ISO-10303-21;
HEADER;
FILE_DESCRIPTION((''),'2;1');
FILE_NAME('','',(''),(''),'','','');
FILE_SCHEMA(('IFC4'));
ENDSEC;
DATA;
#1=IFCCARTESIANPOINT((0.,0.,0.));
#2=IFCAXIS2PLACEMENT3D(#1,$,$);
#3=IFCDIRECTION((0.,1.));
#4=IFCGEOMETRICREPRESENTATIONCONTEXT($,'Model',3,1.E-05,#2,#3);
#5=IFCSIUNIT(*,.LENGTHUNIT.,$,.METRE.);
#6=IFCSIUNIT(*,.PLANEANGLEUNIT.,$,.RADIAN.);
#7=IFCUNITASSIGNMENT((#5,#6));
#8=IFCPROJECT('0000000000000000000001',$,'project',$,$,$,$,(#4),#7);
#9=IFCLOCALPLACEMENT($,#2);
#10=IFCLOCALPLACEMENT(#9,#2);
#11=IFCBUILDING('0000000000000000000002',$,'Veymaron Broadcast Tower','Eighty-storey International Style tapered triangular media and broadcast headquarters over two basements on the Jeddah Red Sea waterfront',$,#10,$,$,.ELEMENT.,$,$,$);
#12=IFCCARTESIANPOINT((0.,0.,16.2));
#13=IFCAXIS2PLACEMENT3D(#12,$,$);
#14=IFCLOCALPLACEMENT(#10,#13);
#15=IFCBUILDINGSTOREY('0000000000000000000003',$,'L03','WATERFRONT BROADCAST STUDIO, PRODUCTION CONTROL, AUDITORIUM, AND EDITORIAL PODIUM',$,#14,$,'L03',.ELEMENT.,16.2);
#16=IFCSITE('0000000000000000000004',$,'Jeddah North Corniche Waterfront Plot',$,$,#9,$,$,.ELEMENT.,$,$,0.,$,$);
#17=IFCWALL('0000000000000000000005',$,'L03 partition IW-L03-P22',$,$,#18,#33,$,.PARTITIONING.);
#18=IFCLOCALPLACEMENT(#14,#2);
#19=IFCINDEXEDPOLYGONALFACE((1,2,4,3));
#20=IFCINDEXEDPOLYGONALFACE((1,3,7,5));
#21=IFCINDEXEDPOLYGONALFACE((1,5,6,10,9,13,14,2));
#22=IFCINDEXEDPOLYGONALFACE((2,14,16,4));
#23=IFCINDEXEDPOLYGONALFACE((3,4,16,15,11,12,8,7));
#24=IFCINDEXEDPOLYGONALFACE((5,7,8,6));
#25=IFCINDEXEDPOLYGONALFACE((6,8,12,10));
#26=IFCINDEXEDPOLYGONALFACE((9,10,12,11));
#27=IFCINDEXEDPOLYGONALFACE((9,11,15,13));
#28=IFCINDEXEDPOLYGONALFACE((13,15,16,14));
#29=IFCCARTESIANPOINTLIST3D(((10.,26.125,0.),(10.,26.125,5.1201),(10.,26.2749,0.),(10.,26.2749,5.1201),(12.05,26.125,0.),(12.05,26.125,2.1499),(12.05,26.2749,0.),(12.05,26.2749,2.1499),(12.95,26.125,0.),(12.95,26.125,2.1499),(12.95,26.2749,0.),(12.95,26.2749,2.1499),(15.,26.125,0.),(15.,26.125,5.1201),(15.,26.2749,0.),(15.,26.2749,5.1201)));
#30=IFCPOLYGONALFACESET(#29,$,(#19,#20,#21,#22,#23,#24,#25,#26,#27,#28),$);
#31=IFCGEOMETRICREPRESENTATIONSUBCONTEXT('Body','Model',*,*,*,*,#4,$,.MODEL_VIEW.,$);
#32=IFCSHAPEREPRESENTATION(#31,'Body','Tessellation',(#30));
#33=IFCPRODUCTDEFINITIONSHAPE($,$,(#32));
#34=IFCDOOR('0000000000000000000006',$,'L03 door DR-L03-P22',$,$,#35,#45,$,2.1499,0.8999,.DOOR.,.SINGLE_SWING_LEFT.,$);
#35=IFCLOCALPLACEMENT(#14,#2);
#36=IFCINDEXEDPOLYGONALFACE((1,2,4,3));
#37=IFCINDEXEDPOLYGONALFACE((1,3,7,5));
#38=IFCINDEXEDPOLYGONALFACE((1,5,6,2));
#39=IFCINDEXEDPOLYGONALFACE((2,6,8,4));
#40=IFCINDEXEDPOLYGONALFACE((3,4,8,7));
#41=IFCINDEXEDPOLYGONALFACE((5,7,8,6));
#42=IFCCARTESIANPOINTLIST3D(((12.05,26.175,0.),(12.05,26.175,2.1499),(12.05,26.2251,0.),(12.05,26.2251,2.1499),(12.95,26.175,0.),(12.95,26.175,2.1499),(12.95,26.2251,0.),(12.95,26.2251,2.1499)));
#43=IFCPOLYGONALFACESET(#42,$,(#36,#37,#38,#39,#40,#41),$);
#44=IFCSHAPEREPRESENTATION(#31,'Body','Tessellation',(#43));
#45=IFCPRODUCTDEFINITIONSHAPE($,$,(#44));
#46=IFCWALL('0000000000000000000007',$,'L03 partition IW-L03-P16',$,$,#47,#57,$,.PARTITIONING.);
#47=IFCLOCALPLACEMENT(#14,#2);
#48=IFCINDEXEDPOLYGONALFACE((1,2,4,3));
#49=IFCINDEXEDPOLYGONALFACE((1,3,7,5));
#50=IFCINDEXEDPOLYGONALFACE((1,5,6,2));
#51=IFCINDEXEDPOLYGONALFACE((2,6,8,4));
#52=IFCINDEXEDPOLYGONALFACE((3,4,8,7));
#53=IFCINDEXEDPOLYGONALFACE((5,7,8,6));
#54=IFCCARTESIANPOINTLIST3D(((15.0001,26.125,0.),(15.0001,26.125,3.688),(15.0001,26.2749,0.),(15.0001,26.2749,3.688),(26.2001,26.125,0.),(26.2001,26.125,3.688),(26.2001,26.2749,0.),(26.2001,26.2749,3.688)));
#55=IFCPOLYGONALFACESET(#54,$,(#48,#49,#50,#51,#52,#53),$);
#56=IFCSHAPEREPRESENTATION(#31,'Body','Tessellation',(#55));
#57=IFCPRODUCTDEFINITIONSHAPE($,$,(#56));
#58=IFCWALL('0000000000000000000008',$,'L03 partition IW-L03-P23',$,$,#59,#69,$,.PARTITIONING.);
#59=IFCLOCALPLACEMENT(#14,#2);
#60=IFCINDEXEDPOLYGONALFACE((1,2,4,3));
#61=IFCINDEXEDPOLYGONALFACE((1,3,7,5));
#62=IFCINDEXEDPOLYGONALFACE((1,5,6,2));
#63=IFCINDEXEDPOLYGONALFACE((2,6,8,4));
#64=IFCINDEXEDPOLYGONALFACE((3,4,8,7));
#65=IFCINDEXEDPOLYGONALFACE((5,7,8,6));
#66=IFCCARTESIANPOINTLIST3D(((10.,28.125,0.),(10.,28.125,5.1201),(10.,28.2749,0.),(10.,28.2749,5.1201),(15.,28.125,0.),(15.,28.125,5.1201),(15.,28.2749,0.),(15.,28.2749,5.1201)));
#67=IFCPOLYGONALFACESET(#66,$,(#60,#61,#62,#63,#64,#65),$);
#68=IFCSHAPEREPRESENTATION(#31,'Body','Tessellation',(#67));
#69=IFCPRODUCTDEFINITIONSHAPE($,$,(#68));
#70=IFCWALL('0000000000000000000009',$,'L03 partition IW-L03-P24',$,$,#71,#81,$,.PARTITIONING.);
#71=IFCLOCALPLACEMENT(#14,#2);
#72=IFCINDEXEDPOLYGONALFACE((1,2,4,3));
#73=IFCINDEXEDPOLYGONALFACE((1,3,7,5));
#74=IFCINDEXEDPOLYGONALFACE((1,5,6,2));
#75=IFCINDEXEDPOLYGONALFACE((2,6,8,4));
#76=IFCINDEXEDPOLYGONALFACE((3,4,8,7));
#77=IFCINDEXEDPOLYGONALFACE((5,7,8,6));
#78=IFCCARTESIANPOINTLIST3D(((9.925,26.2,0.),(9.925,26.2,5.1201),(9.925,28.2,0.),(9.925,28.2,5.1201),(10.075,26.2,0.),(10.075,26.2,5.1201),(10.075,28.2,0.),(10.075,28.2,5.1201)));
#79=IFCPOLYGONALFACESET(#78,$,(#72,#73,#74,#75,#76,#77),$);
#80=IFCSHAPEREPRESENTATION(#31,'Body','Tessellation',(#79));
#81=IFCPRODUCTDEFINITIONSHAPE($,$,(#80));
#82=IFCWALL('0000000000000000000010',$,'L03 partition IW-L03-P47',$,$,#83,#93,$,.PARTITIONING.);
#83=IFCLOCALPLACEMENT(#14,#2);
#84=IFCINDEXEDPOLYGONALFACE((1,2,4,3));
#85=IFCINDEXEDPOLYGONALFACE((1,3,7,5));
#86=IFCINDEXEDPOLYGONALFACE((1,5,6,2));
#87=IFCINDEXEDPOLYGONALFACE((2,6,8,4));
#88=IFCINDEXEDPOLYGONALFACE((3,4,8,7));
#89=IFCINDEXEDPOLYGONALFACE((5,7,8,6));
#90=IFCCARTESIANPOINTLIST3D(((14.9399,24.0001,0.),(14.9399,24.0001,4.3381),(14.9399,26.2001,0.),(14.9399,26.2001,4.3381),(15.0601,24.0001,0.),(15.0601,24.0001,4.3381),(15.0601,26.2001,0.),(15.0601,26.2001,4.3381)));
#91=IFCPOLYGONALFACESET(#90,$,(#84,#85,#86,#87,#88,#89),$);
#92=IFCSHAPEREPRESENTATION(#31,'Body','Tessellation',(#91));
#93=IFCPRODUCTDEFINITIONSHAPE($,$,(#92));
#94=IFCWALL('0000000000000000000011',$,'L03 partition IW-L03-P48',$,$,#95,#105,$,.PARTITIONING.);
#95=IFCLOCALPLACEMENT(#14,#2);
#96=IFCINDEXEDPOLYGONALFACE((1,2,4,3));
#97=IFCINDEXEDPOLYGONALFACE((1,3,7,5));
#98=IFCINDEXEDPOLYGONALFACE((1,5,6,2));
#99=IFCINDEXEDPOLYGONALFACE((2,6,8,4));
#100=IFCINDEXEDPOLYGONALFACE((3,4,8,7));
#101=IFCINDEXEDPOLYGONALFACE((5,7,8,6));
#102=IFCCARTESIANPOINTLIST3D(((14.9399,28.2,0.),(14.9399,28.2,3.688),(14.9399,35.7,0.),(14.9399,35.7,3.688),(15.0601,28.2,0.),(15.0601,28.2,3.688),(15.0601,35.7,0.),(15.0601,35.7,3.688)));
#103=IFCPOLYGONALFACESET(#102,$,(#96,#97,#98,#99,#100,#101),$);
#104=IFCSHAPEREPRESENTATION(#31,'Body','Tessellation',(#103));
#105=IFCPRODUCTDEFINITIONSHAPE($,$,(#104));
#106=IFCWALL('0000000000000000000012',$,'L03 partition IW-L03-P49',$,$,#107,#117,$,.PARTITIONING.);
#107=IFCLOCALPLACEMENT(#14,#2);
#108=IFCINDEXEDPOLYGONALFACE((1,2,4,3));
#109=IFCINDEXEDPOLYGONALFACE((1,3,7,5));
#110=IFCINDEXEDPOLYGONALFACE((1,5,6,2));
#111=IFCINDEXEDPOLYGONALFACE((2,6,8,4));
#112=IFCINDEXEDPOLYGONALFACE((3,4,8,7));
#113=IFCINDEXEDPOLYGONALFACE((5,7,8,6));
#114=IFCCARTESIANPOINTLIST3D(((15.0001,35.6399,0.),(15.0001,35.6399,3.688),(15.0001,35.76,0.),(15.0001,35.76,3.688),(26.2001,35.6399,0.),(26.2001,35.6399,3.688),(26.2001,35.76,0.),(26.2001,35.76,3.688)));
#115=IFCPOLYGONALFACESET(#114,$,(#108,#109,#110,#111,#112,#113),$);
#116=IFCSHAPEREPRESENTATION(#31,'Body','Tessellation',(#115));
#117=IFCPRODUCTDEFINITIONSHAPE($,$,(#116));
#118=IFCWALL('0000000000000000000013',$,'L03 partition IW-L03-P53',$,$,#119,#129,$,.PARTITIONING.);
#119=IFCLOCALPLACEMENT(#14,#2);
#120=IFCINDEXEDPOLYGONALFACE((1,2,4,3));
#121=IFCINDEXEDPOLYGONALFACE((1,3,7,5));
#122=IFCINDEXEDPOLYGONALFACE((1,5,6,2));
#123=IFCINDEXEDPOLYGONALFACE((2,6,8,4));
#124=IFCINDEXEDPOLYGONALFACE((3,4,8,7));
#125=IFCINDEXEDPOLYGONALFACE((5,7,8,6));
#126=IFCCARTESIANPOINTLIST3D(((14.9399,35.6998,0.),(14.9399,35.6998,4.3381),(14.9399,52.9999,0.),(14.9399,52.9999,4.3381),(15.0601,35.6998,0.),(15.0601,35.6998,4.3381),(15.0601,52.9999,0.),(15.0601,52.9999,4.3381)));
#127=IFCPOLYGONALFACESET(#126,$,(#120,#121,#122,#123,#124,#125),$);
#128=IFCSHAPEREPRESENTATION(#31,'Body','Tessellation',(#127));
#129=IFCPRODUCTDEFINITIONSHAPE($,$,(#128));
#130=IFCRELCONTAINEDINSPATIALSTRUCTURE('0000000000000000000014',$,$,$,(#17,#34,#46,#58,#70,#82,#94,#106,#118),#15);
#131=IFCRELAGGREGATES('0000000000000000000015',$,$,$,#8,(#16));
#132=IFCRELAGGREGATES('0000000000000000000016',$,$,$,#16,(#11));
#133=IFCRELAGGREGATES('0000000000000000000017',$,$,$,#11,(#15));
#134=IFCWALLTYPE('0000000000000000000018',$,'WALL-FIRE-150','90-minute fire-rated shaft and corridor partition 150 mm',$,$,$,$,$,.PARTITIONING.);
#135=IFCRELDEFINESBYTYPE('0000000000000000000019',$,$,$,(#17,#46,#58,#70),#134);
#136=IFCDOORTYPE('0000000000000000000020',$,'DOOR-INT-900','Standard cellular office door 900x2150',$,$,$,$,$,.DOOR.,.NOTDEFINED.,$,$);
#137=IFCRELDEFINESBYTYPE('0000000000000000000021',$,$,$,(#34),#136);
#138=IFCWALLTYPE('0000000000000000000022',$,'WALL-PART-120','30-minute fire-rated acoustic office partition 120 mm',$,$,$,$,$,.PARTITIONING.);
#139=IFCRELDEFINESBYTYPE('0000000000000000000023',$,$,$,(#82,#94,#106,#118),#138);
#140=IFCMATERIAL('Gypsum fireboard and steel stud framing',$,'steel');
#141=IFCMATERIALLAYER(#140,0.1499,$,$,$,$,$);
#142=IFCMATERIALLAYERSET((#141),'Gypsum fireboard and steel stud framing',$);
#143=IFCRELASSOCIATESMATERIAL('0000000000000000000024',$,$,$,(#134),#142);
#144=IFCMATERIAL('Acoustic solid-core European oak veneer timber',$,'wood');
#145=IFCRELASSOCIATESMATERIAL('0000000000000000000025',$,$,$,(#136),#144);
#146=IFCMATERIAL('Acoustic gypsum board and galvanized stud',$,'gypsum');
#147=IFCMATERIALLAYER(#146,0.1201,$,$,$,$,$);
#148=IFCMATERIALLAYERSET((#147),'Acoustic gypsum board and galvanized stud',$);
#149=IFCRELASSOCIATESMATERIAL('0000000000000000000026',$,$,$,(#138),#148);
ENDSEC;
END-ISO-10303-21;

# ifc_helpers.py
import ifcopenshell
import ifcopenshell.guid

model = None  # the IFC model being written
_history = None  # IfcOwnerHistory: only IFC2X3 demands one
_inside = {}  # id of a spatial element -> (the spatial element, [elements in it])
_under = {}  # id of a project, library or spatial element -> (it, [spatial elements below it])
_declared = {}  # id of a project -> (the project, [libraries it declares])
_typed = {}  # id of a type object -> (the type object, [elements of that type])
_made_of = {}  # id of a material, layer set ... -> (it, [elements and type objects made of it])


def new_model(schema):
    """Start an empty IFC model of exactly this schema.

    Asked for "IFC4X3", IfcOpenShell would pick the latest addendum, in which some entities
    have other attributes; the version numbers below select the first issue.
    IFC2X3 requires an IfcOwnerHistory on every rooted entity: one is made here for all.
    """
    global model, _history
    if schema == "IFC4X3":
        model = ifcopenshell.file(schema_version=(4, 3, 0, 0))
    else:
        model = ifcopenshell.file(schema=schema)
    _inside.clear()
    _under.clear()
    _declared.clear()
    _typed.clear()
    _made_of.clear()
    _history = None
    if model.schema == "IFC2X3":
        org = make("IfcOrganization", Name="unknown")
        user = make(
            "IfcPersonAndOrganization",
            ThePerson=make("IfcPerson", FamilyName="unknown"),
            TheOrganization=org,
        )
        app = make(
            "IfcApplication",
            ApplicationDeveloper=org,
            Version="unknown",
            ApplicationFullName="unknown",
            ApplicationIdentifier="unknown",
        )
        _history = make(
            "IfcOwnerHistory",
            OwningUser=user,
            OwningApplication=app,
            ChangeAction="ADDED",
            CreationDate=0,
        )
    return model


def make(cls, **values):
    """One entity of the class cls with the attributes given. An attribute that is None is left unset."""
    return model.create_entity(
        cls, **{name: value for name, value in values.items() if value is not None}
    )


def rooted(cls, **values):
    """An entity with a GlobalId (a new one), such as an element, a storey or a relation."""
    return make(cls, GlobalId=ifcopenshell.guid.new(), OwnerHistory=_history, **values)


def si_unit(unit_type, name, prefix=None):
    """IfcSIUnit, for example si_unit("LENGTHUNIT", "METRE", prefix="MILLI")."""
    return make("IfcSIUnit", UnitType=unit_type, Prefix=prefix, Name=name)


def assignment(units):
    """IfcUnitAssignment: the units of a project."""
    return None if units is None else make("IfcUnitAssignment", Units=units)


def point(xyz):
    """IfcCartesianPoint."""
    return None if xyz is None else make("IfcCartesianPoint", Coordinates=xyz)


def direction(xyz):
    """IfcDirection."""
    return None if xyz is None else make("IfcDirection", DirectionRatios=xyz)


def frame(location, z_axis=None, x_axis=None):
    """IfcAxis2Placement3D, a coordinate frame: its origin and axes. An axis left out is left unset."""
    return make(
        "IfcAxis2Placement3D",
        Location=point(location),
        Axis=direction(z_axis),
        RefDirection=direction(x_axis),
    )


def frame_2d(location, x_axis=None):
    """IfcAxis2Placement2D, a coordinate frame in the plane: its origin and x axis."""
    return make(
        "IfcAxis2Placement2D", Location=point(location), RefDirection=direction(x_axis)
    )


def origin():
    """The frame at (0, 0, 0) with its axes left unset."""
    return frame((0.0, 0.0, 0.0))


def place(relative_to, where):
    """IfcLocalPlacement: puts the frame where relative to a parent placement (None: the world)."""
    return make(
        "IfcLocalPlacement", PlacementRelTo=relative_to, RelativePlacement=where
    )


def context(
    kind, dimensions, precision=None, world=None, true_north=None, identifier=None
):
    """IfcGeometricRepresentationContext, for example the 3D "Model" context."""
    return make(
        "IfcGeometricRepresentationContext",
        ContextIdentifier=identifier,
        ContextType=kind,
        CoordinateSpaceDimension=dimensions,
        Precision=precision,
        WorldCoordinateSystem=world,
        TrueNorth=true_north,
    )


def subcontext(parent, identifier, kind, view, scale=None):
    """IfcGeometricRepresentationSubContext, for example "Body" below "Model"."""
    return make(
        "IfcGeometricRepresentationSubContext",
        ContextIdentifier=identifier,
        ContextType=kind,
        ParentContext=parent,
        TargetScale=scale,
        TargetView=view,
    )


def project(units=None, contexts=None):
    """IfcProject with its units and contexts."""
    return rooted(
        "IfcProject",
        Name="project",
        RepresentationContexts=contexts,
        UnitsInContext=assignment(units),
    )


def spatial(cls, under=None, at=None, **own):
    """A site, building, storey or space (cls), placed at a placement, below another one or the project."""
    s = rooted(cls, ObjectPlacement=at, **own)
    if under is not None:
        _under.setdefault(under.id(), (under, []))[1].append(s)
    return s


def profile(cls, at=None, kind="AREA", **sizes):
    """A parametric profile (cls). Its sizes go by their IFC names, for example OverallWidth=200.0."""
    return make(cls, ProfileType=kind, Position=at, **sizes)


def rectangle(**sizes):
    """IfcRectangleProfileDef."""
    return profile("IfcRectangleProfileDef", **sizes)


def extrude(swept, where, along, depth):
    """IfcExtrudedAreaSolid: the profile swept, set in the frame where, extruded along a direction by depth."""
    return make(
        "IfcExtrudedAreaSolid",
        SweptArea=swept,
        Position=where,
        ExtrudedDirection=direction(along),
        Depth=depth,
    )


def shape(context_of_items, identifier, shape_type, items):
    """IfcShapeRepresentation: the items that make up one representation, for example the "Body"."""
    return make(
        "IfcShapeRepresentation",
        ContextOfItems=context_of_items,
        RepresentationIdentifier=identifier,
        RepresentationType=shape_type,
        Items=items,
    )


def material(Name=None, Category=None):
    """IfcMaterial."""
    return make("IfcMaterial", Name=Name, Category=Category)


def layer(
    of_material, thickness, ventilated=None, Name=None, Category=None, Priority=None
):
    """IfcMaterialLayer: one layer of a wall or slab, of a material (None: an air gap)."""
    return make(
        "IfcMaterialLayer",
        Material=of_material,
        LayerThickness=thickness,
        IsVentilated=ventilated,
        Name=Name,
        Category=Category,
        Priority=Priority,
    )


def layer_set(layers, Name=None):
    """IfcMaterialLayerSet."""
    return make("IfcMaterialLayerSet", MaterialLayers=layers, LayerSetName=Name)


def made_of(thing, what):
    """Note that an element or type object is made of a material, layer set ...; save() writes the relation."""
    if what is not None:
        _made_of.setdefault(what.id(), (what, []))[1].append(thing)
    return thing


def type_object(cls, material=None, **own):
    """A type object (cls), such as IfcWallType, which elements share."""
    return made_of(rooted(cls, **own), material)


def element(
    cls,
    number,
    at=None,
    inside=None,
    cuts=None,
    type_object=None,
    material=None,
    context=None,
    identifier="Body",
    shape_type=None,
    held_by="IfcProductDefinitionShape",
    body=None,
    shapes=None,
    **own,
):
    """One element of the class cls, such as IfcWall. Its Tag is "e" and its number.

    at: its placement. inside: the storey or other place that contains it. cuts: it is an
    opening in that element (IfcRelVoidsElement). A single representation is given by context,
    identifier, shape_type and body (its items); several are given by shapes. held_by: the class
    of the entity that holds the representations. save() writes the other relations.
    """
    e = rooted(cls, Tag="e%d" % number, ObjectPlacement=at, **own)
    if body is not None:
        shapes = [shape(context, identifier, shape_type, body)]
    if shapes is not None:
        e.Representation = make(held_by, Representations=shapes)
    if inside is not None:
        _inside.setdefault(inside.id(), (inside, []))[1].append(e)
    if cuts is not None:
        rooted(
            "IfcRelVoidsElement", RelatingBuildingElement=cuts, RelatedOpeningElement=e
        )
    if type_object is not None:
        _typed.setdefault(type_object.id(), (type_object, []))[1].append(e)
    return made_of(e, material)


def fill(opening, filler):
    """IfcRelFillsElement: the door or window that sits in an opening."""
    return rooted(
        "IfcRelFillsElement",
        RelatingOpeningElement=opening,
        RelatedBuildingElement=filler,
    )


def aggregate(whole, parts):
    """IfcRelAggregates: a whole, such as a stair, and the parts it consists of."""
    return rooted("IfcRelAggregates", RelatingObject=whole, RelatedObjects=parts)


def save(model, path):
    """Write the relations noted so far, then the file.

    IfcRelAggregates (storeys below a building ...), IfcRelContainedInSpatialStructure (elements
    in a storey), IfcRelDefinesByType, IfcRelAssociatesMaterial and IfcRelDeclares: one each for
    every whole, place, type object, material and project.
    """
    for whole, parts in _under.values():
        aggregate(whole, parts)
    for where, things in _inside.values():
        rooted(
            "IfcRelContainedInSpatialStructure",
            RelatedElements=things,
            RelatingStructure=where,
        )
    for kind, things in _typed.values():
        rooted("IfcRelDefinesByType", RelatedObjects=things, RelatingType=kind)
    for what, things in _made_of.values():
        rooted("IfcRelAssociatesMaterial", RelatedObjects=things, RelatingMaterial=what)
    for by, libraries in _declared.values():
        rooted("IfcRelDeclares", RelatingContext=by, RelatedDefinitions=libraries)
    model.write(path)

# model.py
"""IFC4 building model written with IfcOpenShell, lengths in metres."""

from ifc_helpers import new_model, si_unit, direction, frame, frame_2d, origin, place, context, subcontext, project, spatial, rectangle, extrude, material, layer, layer_set, type_object, element, fill, save


model = new_model("IFC4")

# Units and contexts
model_context = context("Model", 3, precision=1e-05, world=origin(), true_north=direction((0.0, 1.0)))
body_context = subcontext(model_context, "Body", "Model", "MODEL_VIEW")
ifc_project = project(units=[si_unit("LENGTHUNIT", "METRE"), si_unit("PLANEANGLEUNIT", "RADIAN")], contexts=[model_context])

# Site, building, storey
site_placement = place(None, origin())
site = spatial("IfcSite", under=ifc_project, at=site_placement, Name="Jeddah North Corniche Waterfront Plot", CompositionType="ELEMENT", RefElevation=0.0)
building_placement = place(site_placement, origin())
building = spatial("IfcBuilding", under=site, at=building_placement, Name="Veymaron Broadcast Tower", Description="Eighty-storey International Style tapered triangular media and broadcast headquarters over two basements on the Jeddah Red Sea waterfront", CompositionType="ELEMENT")
storey_placement = place(building_placement, frame((0.0, 0.0, 16.2)))
storey = spatial("IfcBuildingStorey", under=building, at=storey_placement, Name="L03", Description="WATERFRONT BROADCAST STUDIO, PRODUCTION CONTROL, AUDITORIUM, AND EDITORIAL PODIUM", LongName="L03", CompositionType="ELEMENT", Elevation=16.2)

# Wall, opening, door
ifc_material_1 = material(Name="Gypsum fireboard and steel stud framing", Category="steel")
ifc_layer_1 = layer(ifc_material_1, 0.1499)
ifc_layer_set_1 = layer_set([ifc_layer_1], Name="Gypsum fireboard and steel stud framing")
wall_type_1 = type_object("IfcWallType", Name="WALL-FIRE-150", Description="90-minute fire-rated shaft and corridor partition 150 mm", PredefinedType="PARTITIONING", material=ifc_layer_set_1)
ifc_material_2 = material(Name="Acoustic solid-core European oak veneer timber", Category="wood")
door_type = type_object("IfcDoorType", Name="DOOR-INT-900", Description="Standard cellular office door 900x2150", OperationType="NOTDEFINED", PredefinedType="DOOR", material=ifc_material_2)
wall_1_placement = place(storey_placement, frame((10.0, 26.2, 0.0), z_axis=(0.0, 0.0, 1.0), x_axis=(1.0, 0.0, 0.0)))
wall_1 = element("IfcWall", 1, at=wall_1_placement, inside=storey, type_object=wall_type_1, Name="L03 partition IW-L03-P22", PredefinedType="PARTITIONING", context=body_context, shape_type="SweptSolid", body=[
    extrude(rectangle(XDim=5.0, YDim=0.1499, at=frame_2d((2.5, 0.0))), origin(), (0.0, 0.0, 1.0), 5.1201),
])
opening_1_placement = place(wall_1_placement, frame((2.05, 0.0, 0.0)))
opening_1 = element("IfcOpeningElement", 2, at=opening_1_placement, cuts=wall_1, PredefinedType="OPENING", context=body_context, shape_type="SweptSolid", body=[
    extrude(rectangle(XDim=0.8999, YDim=2.1499, at=frame_2d((0.45, 1.075))), frame((0.0, 0.085, 0.0), z_axis=(0.0, -1.0, 0.0), x_axis=(1.0, 0.0, 0.0)), (0.0, 0.0, 1.0), 0.1699),
])
door_1_placement = place(opening_1_placement, frame((0.8999, 0.0, 0.0), z_axis=(0.0, 0.0, 1.0), x_axis=(-1.0, 0.0, 0.0)))
door_1 = element("IfcDoor", 3, at=door_1_placement, inside=storey, type_object=door_type, Name="L03 door DR-L03-P22", OperationType="SINGLE_SWING_LEFT", OverallHeight=2.1499, OverallWidth=0.8999, PredefinedType="DOOR", context=body_context, shape_type="SweptSolid", body=[
    extrude(rectangle(XDim=0.8999, YDim=2.1499, at=frame_2d((0.45, 1.075))), frame((0.0, 0.0249, 0.0), z_axis=(0.0, -1.0, 0.0), x_axis=(1.0, 0.0, 0.0)), (0.0, 0.0, 1.0), 0.05),
])
fill(opening_1, door_1)

# Walls
wall_2_placement = place(storey_placement, frame((15.0, 26.2, 0.0), z_axis=(0.0, 0.0, 1.0), x_axis=(1.0, 0.0, 0.0)))
element("IfcWall", 4, at=wall_2_placement, inside=storey, type_object=wall_type_1, Name="L03 partition IW-L03-P16", PredefinedType="PARTITIONING", context=body_context, shape_type="SweptSolid", body=[
    extrude(rectangle(XDim=11.2, YDim=0.1499, at=frame_2d((5.6001, 0.0))), origin(), (0.0, 0.0, 1.0), 3.688),
])
wall_3_placement = place(storey_placement, frame((10.0, 28.2, 0.0), z_axis=(0.0, 0.0, 1.0), x_axis=(1.0, 0.0, 0.0)))
element("IfcWall", 5, at=wall_3_placement, inside=storey, type_object=wall_type_1, Name="L03 partition IW-L03-P23", PredefinedType="PARTITIONING", context=body_context, shape_type="SweptSolid", body=[
    extrude(rectangle(XDim=5.0, YDim=0.1499, at=frame_2d((2.5, 0.0))), origin(), (0.0, 0.0, 1.0), 5.1201),
])
wall_4_placement = place(storey_placement, frame((10.0, 26.2, 0.0), z_axis=(0.0, 0.0, 1.0), x_axis=(0.0, 1.0, 0.0)))
element("IfcWall", 6, at=wall_4_placement, inside=storey, type_object=wall_type_1, Name="L03 partition IW-L03-P24", PredefinedType="PARTITIONING", context=body_context, shape_type="SweptSolid", body=[
    extrude(rectangle(XDim=2.0, YDim=0.1499, at=frame_2d((1.0, 0.0))), origin(), (0.0, 0.0, 1.0), 5.1201),
])
ifc_material_3 = material(Name="Acoustic gypsum board and galvanized stud", Category="gypsum")
ifc_layer_2 = layer(ifc_material_3, 0.1201)
ifc_layer_set_2 = layer_set([ifc_layer_2], Name="Acoustic gypsum board and galvanized stud")
wall_type_2 = type_object("IfcWallType", Name="WALL-PART-120", Description="30-minute fire-rated acoustic office partition 120 mm", PredefinedType="PARTITIONING", material=ifc_layer_set_2)
wall_5_placement = place(storey_placement, frame((15.0, 24.0, 0.0), z_axis=(0.0, 0.0, 1.0), x_axis=(0.0, 1.0, 0.0)))
element("IfcWall", 7, at=wall_5_placement, inside=storey, type_object=wall_type_2, Name="L03 partition IW-L03-P47", PredefinedType="PARTITIONING", context=body_context, shape_type="SweptSolid", body=[
    extrude(rectangle(XDim=2.2, YDim=0.1201, at=frame_2d((1.1001, 0.0))), origin(), (0.0, 0.0, 1.0), 4.3381),
])
wall_6_placement = place(storey_placement, frame((15.0, 28.2, 0.0), z_axis=(0.0, 0.0, 1.0), x_axis=(0.0, 1.0, 0.0)))
element("IfcWall", 8, at=wall_6_placement, inside=storey, type_object=wall_type_2, Name="L03 partition IW-L03-P48", PredefinedType="PARTITIONING", context=body_context, shape_type="SweptSolid", body=[
    extrude(rectangle(XDim=7.5, YDim=0.1201, at=frame_2d((3.75, 0.0))), origin(), (0.0, 0.0, 1.0), 3.688),
])
wall_7_placement = place(storey_placement, frame((15.0, 35.7, 0.0), z_axis=(0.0, 0.0, 1.0), x_axis=(1.0, 0.0, 0.0)))
element("IfcWall", 9, at=wall_7_placement, inside=storey, type_object=wall_type_2, Name="L03 partition IW-L03-P49", PredefinedType="PARTITIONING", context=body_context, shape_type="SweptSolid", body=[
    extrude(rectangle(XDim=11.2, YDim=0.1201, at=frame_2d((5.6001, 0.0))), origin(), (0.0, 0.0, 1.0), 3.688),
])
wall_8_placement = place(storey_placement, frame((15.0, 35.7, 0.0), z_axis=(0.0, 0.0, 1.0), x_axis=(0.0, 1.0, 0.0)))
element("IfcWall", 10, at=wall_8_placement, inside=storey, type_object=wall_type_2, Name="L03 partition IW-L03-P53", PredefinedType="PARTITIONING", context=body_context, shape_type="SweptSolid", body=[
    extrude(rectangle(XDim=17.3, YDim=0.1201, at=frame_2d((8.6499, 0.0))), origin(), (0.0, 0.0, 1.0), 4.3381),
])

save(model, "model.ifc")
